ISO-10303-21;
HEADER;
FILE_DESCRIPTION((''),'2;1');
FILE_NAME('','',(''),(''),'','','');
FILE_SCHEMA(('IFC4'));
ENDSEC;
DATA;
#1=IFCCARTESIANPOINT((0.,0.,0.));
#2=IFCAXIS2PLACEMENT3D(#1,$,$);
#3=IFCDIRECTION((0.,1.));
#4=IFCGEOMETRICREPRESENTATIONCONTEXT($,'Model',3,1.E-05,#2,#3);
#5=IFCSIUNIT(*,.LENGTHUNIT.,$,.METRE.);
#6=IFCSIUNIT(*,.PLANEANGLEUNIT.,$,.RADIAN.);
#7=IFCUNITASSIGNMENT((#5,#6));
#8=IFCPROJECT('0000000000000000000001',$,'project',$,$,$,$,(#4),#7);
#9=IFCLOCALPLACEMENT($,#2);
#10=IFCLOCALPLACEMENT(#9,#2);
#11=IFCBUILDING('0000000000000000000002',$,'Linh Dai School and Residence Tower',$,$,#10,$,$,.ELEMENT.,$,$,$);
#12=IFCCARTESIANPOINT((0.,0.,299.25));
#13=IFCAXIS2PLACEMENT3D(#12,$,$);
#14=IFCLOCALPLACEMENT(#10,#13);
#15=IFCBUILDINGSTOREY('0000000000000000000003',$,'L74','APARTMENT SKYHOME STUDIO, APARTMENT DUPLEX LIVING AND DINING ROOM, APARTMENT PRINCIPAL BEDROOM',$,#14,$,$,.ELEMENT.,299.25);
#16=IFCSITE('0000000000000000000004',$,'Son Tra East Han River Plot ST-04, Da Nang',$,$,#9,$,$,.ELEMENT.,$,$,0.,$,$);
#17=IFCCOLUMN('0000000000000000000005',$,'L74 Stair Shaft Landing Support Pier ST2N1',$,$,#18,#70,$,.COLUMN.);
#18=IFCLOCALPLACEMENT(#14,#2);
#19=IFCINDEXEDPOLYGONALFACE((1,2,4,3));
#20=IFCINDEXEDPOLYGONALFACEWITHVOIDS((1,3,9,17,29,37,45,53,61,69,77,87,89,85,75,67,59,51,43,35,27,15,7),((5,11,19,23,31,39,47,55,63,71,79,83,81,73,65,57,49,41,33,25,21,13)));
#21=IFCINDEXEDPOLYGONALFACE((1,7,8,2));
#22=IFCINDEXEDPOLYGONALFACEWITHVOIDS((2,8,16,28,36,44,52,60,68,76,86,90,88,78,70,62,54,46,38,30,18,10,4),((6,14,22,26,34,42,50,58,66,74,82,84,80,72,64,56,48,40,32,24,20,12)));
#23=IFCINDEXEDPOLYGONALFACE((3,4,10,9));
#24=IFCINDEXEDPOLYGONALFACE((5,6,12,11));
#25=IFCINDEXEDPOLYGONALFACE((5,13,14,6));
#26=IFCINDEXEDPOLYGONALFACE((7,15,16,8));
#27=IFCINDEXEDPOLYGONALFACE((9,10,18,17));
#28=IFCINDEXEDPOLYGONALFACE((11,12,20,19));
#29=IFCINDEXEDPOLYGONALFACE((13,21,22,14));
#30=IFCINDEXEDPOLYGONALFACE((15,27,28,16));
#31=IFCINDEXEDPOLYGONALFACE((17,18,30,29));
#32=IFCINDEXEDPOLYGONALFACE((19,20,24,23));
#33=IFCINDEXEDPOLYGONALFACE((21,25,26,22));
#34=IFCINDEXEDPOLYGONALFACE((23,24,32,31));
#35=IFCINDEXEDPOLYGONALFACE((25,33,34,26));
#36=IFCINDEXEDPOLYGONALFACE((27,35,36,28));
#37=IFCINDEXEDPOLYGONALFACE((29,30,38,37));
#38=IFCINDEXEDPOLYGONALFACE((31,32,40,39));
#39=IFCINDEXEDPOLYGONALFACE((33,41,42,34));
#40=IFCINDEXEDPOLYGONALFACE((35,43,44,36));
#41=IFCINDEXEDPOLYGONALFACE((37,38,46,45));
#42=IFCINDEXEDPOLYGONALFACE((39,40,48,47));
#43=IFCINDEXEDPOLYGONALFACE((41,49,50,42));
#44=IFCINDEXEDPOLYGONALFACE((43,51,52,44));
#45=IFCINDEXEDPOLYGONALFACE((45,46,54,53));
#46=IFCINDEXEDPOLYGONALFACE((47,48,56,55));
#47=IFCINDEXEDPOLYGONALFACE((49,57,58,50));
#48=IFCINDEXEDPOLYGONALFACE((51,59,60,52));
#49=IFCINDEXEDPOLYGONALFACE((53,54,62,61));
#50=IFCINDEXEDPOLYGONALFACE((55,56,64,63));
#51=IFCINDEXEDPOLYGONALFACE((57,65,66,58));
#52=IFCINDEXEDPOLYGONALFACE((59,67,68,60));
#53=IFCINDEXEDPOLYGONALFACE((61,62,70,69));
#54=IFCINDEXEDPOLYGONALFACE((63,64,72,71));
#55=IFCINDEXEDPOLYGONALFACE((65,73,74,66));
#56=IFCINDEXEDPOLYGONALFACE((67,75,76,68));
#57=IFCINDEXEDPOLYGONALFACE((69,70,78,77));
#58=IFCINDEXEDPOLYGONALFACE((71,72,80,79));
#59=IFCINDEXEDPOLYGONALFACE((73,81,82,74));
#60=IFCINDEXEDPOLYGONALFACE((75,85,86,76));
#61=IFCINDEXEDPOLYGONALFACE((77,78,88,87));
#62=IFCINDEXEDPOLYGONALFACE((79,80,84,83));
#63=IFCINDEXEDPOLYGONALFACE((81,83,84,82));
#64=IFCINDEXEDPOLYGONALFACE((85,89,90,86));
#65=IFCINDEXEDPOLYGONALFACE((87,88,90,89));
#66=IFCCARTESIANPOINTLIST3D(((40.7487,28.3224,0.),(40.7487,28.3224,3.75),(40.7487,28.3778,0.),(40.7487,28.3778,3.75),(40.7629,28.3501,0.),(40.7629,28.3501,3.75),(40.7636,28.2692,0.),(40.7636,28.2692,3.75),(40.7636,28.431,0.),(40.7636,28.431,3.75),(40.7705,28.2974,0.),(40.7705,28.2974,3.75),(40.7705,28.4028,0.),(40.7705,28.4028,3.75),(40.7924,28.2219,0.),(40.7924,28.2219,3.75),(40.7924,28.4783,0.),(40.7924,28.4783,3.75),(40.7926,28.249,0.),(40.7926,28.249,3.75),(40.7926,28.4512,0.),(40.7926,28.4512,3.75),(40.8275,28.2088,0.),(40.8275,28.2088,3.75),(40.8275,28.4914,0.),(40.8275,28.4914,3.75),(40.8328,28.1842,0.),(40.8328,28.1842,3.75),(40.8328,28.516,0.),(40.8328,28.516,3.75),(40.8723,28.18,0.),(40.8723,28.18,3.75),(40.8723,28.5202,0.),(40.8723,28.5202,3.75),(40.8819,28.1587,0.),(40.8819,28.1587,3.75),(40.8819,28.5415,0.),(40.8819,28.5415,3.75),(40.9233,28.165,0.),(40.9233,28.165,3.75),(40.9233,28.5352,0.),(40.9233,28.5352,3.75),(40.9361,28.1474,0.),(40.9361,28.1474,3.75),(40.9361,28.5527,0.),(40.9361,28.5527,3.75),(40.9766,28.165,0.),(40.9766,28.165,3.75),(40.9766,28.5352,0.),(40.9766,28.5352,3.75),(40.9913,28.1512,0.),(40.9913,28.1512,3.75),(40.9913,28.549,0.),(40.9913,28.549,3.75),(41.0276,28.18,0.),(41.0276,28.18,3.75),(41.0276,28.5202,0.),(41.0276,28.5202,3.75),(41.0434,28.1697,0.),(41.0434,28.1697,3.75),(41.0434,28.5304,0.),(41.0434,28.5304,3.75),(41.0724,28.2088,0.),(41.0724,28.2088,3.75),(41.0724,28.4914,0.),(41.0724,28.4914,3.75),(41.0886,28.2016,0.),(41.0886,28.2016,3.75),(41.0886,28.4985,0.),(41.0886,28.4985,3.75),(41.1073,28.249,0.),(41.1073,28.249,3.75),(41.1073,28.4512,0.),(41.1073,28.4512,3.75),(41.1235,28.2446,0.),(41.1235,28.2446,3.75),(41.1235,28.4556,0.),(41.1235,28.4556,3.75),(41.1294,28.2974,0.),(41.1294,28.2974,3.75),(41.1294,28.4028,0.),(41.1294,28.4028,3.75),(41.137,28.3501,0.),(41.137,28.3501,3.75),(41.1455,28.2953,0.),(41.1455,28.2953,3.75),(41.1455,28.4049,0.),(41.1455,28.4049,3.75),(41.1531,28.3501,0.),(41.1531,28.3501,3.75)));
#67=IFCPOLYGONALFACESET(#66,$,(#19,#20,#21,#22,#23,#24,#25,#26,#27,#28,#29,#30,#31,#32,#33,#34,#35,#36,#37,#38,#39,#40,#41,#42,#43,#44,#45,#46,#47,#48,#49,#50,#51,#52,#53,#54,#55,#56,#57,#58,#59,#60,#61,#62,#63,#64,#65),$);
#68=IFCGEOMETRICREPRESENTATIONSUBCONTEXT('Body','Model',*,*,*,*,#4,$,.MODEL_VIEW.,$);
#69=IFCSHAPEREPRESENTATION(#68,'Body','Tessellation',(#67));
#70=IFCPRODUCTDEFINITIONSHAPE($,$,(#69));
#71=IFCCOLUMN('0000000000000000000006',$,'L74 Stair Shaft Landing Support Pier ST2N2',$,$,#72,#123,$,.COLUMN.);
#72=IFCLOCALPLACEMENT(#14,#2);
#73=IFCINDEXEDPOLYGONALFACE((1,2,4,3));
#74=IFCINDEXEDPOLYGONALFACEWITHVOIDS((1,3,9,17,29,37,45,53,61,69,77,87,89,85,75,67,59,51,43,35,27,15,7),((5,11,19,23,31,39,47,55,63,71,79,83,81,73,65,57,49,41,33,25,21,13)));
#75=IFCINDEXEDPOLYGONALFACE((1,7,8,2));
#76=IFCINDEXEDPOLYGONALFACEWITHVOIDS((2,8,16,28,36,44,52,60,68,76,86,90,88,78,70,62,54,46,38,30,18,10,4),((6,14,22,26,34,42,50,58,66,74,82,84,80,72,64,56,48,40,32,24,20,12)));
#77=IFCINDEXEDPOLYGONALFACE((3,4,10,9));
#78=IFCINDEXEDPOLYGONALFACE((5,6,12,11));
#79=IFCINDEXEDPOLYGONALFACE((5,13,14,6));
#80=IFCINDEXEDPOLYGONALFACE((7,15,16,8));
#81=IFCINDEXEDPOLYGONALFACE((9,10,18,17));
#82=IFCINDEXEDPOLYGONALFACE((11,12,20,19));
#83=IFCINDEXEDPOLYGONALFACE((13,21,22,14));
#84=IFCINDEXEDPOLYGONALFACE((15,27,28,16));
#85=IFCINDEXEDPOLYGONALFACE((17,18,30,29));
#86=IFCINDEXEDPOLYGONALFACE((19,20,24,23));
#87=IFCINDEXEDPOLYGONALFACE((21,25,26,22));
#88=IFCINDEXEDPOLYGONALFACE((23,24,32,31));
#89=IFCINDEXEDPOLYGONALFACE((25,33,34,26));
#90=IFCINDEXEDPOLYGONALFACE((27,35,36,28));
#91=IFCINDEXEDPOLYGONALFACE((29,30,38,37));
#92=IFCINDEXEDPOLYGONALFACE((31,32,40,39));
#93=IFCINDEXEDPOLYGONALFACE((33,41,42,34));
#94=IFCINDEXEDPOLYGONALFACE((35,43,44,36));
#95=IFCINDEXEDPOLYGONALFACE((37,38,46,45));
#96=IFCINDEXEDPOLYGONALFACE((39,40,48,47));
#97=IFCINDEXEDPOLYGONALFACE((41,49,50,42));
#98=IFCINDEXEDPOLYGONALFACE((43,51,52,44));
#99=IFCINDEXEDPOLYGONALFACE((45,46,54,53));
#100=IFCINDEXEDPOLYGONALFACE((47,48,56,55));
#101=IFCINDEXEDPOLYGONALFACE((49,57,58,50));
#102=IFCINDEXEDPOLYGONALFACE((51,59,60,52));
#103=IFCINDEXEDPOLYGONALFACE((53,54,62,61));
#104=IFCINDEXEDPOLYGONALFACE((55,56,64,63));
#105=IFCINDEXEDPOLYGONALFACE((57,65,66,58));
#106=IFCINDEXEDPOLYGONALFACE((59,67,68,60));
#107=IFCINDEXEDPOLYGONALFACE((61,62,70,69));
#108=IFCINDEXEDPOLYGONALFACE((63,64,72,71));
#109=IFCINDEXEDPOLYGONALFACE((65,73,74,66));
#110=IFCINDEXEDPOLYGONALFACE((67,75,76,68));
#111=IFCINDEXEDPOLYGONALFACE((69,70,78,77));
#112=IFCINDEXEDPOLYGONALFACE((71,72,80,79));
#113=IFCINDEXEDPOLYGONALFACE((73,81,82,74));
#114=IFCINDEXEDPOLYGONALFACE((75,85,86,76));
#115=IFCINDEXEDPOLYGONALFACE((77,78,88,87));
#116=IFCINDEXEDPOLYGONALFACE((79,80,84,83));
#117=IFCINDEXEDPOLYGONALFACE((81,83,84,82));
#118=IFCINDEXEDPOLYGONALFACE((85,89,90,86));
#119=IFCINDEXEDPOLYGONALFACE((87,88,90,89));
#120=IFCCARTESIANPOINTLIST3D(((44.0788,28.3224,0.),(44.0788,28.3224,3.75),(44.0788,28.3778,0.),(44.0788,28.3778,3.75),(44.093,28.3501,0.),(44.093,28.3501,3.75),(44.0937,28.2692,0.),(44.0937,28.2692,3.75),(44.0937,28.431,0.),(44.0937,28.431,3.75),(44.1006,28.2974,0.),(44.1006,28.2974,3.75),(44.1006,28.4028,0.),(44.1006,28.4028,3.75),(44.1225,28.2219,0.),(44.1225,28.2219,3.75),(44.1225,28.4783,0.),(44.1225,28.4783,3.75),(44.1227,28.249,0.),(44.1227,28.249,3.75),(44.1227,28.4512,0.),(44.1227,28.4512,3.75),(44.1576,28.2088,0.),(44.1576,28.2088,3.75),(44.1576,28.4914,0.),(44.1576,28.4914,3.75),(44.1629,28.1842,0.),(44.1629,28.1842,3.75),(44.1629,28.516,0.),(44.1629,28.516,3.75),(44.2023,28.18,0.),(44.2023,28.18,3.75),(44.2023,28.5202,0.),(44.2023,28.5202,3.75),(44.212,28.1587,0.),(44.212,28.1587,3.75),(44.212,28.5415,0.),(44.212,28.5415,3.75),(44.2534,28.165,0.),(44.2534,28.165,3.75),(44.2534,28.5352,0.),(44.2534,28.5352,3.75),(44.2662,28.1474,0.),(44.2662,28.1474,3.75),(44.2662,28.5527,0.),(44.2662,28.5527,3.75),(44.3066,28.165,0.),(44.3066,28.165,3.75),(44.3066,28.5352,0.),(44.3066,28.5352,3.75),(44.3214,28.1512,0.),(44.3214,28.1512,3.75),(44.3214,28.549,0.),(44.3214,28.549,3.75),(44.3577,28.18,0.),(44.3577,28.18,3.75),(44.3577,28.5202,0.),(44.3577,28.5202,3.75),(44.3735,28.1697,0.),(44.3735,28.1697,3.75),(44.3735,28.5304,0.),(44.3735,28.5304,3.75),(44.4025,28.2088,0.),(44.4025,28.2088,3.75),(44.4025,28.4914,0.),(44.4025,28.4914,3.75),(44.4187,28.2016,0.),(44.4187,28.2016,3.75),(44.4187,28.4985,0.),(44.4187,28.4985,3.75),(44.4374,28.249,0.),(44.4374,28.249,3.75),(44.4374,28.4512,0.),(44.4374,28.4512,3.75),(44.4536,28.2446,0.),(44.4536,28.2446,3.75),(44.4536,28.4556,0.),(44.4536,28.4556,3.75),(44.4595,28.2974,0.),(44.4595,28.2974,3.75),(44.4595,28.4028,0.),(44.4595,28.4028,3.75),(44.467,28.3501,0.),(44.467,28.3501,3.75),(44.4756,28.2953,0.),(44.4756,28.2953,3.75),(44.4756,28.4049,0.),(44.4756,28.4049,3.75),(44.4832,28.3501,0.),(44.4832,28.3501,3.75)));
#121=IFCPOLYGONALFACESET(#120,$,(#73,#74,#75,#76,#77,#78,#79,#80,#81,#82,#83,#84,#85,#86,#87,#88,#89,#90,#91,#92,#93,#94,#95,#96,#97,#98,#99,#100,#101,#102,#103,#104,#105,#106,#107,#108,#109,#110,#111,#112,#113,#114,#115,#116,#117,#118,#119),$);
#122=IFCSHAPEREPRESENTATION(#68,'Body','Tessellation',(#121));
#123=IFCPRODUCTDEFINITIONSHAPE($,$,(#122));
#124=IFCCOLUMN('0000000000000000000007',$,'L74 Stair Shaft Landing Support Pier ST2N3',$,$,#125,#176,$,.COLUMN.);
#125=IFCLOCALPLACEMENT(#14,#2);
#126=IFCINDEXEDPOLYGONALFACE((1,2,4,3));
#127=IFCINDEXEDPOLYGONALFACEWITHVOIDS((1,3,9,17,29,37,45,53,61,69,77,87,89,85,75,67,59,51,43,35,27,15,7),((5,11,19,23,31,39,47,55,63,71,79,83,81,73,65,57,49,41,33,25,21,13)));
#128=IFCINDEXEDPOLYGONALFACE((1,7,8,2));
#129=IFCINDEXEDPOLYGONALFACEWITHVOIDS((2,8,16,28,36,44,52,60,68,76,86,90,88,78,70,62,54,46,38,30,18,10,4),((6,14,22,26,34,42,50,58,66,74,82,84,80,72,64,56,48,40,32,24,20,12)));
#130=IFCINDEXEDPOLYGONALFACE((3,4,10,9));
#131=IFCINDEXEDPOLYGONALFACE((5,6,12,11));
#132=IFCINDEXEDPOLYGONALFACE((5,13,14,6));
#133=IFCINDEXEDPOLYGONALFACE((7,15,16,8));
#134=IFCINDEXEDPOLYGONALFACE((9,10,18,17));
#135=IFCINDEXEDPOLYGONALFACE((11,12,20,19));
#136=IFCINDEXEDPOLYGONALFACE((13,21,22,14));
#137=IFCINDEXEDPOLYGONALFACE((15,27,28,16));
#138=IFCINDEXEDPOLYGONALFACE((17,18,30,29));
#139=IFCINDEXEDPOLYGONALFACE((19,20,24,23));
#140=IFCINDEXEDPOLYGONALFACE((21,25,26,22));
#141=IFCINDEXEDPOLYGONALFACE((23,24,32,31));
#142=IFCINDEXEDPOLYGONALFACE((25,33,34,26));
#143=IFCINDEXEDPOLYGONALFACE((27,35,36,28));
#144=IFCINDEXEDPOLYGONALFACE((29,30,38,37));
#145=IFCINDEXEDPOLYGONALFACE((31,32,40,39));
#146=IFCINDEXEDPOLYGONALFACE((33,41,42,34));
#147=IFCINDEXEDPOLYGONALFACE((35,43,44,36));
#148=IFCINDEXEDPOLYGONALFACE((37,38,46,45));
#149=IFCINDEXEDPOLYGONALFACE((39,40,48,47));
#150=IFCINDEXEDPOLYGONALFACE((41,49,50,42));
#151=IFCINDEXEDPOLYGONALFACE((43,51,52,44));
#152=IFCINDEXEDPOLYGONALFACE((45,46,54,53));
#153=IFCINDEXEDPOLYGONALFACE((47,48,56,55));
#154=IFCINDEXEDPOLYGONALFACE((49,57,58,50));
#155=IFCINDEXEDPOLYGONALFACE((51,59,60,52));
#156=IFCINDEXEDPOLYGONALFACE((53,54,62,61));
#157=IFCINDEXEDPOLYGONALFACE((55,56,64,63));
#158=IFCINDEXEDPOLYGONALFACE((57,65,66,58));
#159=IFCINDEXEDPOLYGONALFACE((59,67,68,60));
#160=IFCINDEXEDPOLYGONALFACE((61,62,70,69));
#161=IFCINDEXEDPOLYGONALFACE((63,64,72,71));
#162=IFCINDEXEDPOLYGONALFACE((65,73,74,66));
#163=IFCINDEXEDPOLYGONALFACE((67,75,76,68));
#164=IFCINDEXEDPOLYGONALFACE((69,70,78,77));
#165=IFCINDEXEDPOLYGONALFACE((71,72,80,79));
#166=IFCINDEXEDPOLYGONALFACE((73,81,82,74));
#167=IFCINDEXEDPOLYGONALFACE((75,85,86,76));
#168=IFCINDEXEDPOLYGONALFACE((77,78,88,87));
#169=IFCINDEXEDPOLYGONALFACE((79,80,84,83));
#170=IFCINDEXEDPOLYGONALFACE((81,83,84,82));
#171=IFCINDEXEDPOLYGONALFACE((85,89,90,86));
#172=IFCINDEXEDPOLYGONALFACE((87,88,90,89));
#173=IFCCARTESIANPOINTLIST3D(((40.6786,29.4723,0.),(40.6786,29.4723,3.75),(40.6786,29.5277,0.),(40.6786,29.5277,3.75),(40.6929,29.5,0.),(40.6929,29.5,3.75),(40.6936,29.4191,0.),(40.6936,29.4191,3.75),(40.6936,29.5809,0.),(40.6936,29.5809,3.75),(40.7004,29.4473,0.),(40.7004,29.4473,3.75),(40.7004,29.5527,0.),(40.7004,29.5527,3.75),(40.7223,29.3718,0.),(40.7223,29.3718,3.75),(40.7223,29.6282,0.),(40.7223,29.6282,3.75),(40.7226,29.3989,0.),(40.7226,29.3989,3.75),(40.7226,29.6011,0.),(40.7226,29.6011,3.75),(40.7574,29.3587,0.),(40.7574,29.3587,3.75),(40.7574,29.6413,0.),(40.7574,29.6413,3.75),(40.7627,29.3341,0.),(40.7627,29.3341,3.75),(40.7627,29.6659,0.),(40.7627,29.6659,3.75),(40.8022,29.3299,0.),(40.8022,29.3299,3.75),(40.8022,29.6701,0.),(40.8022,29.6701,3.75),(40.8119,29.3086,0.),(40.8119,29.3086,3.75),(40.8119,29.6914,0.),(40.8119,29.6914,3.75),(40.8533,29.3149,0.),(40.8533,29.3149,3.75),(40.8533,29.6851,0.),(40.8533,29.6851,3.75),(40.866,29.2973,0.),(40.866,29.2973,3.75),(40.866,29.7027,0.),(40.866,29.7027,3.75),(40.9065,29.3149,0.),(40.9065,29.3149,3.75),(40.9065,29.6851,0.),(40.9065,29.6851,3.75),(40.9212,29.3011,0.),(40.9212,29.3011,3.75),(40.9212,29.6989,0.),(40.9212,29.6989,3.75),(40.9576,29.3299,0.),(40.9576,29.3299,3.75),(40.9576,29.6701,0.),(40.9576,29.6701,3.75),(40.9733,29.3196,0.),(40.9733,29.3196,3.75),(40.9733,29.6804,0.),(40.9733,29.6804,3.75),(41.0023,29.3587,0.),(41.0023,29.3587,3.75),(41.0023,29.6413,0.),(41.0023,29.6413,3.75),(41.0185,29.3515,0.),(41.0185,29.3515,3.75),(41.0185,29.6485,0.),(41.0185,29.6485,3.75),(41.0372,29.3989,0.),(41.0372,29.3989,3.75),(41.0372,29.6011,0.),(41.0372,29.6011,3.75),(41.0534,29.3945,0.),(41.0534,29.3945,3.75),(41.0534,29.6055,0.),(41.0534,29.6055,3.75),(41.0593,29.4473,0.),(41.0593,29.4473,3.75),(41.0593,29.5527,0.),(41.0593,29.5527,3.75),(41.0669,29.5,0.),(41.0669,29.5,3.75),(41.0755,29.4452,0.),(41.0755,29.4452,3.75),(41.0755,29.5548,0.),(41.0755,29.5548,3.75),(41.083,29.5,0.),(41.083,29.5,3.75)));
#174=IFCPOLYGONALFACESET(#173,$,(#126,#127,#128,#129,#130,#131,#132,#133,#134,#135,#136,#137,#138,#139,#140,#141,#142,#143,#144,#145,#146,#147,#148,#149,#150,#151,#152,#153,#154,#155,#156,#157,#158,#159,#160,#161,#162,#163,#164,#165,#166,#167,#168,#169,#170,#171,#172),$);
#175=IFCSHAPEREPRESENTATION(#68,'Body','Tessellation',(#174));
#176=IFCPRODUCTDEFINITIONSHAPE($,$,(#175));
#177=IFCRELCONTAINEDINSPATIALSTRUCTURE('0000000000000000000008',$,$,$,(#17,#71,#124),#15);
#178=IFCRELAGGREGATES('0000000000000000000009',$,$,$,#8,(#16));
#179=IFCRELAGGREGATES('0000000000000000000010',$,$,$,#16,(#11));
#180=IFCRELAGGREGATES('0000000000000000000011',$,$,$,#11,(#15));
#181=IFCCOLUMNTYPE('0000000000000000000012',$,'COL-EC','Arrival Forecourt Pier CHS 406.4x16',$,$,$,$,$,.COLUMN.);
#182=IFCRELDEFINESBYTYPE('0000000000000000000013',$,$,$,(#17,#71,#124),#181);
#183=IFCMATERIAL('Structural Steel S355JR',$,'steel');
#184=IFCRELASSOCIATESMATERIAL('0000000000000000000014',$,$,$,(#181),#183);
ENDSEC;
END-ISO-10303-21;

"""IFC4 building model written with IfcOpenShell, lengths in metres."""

from ifc_helpers import new_model, si_unit, direction, frame, origin, origin_2d, place, context, subcontext, project, spatial, hollow_circle, extrude, material, material_profile, profile_set, type_object, element, save


model = new_model("IFC4")

# Units and contexts
model_context = context("Model", 3, precision=1e-05, world=origin(), true_north=direction((0.0, 1.0)))
body_context = subcontext(model_context, "Body", "Model", "MODEL_VIEW")
ifc_project = project(units=[si_unit("LENGTHUNIT", "METRE"), si_unit("PLANEANGLEUNIT", "RADIAN")], contexts=[model_context])

# Site, building, storey
site_placement = place(None, origin())
site = spatial("IfcSite", under=ifc_project, at=site_placement, Name="Son Tra East Han River Plot ST-04, Da Nang", CompositionType="ELEMENT", RefElevation=0.0)
building_placement = place(site_placement, origin())
building = spatial("IfcBuilding", under=site, at=building_placement, Name="Linh Dai School and Residence Tower", CompositionType="ELEMENT")
storey_placement = place(building_placement, frame((0.0, 0.0, 299.25)))
storey = spatial("IfcBuildingStorey", under=building, at=storey_placement, Name="L74", Description="APARTMENT SKYHOME STUDIO, APARTMENT DUPLEX LIVING AND DINING ROOM, APARTMENT PRINCIPAL BEDROOM", CompositionType="ELEMENT", Elevation=299.25)

# Columns
ifc_material_1 = material(Name="Structural Steel S355JR", Category="steel")
ifc_material_profile_1 = material_profile(ifc_material_1, hollow_circle(Radius=0.2031, WallThickness=0.0161, at=origin_2d()), Name="CHS 406.4x16")
ifc_profile_set_1 = profile_set([ifc_material_profile_1], Name="Structural Steel S355JR")
column_type_1 = type_object("IfcColumnType", Name="COL-EC", Description="Arrival Forecourt Pier CHS 406.4x16", PredefinedType="COLUMN", material=ifc_profile_set_1)
for number, where, z_axis, x_axis, name in (
    (1, (40.95, 28.3501, 0.0), (0.0, 0.0, 1.0), (1.0, 0.0, 0.0), "L74 Stair Shaft Landing Support Pier ST2N1"),
    (2, (44.28, 28.3501, 0.0), (0.0, 0.0, 1.0), (1.0, 0.0, 0.0), "L74 Stair Shaft Landing Support Pier ST2N2"),
    (3, (40.8799, 29.5, 0.0), (0.0, 0.0, 1.0), (1.0, 0.0, 0.0), "L74 Stair Shaft Landing Support Pier ST2N3"),
):
    element("IfcColumn", number, at=place(storey_placement, frame(where, z_axis=z_axis, x_axis=x_axis)), inside=storey, type_object=column_type_1, Name=name, PredefinedType="COLUMN", context=body_context, shape_type="SweptSolid", body=[
        extrude(hollow_circle(Radius=0.2031, WallThickness=0.0161, at=origin_2d()), origin(), (0.0, 0.0, 1.0), 3.75),
    ])

save(model, "model.ifc")
